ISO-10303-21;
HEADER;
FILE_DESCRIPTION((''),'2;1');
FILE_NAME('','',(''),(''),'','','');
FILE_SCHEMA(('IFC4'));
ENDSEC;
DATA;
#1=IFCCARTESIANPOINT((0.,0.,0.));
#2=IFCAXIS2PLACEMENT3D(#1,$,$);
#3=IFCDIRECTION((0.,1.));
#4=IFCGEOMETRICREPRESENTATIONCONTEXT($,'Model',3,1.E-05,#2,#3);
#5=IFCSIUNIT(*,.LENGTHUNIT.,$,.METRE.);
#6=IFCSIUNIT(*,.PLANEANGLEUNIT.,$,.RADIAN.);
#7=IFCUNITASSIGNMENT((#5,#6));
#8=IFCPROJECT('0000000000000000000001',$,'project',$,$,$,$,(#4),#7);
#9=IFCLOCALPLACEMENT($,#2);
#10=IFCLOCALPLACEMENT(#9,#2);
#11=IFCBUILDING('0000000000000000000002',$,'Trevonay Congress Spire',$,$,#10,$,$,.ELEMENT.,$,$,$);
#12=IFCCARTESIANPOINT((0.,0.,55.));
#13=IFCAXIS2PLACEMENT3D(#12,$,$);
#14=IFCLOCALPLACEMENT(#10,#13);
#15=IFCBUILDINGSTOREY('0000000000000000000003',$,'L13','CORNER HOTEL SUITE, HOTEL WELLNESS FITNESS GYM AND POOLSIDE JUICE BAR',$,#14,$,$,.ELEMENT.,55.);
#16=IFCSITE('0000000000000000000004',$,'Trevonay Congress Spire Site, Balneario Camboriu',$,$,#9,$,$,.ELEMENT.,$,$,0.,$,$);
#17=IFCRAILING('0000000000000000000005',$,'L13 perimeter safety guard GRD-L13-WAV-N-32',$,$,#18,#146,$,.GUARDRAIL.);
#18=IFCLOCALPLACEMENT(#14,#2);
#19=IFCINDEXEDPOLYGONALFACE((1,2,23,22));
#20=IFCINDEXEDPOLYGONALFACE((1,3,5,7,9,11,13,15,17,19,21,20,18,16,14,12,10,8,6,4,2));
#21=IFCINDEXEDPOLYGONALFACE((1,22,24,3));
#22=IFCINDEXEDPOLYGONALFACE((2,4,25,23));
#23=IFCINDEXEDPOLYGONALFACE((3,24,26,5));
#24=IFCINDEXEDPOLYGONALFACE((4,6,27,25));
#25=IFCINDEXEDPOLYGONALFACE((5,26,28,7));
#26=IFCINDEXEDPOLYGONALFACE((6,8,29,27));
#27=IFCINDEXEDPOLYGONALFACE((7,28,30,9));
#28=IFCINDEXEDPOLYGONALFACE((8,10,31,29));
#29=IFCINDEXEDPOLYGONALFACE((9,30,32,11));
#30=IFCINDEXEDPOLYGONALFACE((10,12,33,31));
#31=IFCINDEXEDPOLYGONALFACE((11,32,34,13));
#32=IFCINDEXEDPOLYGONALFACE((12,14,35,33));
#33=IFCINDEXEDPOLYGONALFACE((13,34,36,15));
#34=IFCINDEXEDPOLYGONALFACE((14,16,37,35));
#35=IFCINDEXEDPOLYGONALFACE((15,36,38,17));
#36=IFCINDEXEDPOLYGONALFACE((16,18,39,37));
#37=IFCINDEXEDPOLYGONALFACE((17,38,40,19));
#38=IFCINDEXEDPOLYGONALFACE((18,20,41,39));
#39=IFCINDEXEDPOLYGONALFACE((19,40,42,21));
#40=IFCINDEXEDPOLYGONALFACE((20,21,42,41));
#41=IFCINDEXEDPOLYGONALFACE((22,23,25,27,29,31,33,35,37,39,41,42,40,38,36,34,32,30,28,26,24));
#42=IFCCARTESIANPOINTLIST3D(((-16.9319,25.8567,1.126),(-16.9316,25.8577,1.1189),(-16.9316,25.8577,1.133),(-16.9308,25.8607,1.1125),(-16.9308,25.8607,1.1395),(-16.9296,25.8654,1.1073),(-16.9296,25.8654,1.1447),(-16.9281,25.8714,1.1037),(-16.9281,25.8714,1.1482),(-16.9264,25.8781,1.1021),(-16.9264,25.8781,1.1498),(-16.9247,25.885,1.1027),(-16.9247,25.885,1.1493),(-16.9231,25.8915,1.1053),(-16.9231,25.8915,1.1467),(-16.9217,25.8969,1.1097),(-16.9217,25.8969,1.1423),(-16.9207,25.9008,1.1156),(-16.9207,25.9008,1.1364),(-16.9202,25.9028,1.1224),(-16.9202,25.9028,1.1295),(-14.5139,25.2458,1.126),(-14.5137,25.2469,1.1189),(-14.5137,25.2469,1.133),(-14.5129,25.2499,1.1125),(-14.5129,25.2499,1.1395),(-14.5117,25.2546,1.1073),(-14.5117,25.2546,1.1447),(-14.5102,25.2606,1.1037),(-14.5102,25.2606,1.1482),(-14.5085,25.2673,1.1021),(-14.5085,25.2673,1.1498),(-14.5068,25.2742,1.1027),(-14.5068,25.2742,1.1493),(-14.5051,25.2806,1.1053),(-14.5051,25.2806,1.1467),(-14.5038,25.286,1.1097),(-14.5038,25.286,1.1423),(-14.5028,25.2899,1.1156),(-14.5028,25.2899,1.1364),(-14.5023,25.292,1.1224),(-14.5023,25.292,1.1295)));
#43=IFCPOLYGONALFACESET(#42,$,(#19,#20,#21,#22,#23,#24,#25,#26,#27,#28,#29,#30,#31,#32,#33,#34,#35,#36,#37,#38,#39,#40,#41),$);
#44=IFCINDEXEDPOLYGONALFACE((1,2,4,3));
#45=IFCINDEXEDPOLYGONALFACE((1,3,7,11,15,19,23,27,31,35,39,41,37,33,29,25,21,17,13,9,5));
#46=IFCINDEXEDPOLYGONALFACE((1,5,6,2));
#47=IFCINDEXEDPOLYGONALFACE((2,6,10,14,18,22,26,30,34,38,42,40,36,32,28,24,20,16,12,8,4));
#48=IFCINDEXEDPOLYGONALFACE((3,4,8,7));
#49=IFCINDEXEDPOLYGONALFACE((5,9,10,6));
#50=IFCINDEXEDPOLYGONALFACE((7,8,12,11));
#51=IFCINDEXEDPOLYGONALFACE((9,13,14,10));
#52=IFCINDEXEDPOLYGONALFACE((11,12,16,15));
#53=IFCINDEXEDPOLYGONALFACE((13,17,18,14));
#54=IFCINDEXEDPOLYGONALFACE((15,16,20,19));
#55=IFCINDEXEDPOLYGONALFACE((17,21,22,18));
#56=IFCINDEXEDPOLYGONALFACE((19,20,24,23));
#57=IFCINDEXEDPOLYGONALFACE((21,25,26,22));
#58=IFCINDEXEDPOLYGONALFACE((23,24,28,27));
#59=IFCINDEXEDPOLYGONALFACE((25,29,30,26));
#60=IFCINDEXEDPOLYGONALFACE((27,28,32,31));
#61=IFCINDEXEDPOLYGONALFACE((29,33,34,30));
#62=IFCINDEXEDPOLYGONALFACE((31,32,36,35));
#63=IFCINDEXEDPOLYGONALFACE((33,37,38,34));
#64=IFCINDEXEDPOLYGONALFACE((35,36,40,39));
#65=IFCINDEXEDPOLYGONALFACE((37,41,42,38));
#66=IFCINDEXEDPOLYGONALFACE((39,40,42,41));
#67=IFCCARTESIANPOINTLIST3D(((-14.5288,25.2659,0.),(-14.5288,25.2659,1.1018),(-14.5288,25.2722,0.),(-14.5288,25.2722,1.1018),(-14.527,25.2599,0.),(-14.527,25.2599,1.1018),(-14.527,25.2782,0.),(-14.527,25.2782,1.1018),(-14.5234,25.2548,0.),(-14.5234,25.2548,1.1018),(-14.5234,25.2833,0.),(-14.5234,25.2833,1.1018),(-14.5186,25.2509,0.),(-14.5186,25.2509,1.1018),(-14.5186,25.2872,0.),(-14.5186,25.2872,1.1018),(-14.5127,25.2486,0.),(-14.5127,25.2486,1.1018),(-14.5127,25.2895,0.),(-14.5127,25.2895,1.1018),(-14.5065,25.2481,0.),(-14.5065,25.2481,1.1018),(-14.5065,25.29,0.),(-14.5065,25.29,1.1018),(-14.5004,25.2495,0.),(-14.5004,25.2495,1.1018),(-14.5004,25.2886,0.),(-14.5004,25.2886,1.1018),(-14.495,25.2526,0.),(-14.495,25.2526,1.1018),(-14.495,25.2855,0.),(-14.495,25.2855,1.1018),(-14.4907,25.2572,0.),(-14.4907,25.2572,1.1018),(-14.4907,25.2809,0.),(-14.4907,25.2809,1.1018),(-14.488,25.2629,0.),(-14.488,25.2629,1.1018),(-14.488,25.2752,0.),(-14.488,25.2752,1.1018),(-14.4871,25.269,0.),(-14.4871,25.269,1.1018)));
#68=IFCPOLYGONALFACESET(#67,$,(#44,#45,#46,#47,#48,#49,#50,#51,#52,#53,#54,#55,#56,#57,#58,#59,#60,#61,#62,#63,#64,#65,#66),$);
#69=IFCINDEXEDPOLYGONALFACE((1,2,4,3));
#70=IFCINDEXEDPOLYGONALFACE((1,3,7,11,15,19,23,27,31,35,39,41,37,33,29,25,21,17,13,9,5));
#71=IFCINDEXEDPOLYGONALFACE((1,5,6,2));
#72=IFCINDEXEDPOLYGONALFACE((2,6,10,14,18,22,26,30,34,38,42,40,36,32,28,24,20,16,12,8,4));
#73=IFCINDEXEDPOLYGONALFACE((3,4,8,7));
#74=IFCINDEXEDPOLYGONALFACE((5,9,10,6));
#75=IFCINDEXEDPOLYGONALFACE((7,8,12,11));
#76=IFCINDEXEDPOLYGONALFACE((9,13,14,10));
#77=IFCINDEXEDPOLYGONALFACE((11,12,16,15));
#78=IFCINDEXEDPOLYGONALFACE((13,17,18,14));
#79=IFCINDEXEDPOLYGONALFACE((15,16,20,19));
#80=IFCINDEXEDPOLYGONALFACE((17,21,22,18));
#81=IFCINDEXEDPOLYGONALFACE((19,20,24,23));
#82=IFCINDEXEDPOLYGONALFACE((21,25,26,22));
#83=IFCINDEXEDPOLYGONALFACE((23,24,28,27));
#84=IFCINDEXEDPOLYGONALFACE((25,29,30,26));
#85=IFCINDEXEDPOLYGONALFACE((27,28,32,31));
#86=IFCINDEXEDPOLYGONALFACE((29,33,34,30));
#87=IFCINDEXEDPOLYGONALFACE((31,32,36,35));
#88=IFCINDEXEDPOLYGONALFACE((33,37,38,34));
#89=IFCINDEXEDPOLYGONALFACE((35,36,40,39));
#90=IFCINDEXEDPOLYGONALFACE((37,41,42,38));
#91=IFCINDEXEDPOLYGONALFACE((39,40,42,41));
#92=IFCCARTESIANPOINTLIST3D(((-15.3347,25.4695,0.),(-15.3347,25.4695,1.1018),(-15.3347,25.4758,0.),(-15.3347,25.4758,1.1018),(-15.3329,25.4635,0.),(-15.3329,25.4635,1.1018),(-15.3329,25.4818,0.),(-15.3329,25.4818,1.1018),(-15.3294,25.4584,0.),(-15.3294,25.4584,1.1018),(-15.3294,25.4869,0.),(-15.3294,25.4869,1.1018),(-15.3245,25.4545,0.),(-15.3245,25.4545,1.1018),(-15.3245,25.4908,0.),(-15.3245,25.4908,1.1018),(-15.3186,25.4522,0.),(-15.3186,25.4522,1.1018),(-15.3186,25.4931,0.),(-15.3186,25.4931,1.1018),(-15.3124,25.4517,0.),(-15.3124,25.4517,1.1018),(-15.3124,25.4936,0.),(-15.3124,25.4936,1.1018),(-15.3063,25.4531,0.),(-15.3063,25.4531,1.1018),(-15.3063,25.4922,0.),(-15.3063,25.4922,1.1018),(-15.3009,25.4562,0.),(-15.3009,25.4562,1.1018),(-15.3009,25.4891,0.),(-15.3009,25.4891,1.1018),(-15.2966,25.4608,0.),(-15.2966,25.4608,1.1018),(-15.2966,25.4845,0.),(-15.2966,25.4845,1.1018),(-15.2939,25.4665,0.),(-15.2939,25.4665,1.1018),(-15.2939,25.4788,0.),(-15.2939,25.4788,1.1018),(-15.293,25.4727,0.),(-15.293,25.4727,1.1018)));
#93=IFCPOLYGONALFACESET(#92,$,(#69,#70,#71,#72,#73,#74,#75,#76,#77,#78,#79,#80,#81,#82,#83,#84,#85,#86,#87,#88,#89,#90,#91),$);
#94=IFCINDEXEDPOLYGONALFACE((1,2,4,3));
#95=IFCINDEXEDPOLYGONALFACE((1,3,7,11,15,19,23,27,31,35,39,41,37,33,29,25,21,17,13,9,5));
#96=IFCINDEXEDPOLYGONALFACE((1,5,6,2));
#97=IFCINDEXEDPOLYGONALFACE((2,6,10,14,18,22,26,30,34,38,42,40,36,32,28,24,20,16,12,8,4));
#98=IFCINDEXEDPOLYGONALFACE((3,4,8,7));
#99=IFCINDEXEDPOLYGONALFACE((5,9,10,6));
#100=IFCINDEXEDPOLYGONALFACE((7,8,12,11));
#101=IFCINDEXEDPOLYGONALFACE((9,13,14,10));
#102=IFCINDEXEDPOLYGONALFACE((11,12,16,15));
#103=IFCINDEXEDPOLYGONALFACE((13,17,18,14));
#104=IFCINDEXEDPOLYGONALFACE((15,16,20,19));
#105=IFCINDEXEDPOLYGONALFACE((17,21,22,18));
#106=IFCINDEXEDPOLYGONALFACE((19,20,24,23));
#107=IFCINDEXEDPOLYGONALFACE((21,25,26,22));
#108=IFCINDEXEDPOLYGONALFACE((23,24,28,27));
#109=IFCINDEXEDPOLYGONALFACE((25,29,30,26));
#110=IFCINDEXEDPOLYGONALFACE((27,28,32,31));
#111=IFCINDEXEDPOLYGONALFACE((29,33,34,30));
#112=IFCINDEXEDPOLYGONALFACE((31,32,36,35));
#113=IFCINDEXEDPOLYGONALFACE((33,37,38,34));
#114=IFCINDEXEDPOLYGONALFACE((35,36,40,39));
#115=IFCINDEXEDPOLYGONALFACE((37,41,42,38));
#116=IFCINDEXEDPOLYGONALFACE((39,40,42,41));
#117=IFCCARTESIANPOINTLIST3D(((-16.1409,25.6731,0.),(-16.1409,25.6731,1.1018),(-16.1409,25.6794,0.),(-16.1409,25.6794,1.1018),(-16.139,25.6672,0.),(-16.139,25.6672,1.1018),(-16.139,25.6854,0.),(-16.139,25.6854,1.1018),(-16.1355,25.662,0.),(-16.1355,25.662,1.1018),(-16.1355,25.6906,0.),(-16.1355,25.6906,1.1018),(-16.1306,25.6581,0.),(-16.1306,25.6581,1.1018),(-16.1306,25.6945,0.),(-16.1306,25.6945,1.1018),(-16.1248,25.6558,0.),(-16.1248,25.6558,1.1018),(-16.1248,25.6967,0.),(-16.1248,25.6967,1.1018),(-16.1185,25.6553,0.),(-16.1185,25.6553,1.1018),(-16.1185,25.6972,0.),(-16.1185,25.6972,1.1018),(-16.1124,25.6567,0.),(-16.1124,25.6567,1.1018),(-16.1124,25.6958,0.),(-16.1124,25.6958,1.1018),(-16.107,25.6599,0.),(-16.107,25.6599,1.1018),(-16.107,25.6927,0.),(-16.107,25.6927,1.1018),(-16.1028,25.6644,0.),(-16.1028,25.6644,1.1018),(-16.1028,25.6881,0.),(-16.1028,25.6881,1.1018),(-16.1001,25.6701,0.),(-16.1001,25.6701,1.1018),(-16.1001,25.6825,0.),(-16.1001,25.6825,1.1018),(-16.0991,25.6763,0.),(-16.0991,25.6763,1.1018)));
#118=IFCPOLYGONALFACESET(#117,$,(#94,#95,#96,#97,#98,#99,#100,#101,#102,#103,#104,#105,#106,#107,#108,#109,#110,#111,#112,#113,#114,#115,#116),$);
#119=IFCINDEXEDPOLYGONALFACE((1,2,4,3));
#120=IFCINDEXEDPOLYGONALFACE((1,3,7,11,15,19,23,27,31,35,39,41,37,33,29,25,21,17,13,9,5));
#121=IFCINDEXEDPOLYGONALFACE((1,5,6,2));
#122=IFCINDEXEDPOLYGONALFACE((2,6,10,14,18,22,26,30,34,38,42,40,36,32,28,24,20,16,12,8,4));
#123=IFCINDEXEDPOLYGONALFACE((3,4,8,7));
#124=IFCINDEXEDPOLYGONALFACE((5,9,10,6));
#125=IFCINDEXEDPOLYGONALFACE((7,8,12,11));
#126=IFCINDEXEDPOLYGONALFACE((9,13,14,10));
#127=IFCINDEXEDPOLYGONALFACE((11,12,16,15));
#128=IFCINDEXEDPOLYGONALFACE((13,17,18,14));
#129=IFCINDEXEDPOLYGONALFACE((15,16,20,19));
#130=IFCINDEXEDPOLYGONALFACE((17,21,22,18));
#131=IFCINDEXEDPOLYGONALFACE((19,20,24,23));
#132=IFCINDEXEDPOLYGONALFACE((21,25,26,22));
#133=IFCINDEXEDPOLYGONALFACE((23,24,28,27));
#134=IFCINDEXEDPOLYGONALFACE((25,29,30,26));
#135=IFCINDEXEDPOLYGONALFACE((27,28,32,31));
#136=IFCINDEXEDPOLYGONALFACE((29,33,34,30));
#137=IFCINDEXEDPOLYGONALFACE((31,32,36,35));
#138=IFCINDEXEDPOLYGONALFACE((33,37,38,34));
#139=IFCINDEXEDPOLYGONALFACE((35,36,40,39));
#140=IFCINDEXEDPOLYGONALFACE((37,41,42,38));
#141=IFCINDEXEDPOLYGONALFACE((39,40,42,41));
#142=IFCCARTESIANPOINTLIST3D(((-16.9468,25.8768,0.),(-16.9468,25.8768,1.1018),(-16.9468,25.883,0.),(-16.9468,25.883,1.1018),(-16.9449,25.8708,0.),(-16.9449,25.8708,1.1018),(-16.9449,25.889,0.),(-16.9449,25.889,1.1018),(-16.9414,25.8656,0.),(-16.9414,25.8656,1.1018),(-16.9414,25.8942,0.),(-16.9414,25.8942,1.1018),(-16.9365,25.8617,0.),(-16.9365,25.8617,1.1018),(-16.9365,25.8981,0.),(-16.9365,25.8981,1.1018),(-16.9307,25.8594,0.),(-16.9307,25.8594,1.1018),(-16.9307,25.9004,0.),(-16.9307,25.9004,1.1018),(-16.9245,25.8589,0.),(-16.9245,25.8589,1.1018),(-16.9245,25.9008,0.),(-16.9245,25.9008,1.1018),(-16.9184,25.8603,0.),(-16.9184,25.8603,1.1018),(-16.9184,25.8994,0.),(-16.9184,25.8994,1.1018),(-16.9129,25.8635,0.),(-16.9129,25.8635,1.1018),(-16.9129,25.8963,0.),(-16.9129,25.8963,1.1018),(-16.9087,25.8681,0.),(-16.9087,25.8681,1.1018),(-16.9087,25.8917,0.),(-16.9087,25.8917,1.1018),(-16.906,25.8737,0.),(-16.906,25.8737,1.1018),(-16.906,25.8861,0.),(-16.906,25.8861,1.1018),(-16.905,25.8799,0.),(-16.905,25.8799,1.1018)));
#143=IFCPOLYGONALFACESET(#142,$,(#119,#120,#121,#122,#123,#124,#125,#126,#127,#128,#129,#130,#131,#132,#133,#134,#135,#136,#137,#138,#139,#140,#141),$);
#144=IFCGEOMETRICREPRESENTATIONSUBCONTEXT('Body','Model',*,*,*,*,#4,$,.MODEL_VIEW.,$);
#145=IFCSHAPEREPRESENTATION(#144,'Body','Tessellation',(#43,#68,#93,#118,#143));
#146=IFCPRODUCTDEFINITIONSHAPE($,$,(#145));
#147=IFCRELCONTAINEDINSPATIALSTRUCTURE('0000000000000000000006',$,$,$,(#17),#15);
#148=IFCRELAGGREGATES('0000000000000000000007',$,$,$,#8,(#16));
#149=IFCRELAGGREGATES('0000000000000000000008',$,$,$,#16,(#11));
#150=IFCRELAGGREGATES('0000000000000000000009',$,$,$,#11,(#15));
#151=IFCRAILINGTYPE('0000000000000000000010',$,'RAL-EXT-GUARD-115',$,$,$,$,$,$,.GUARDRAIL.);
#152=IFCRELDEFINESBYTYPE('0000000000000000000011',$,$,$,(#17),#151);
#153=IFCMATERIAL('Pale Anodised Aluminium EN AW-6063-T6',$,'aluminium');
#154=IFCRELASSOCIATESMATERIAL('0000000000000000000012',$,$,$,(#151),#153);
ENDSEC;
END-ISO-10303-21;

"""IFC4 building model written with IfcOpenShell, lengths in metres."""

from ifc_helpers import new_model, si_unit, direction, frame, origin, origin_2d, place, context, subcontext, project, spatial, circle, extrude, material, type_object, element, save


model = new_model("IFC4")

# Units and contexts
model_context = context("Model", 3, precision=1e-05, world=origin(), true_north=direction((0.0, 1.0)))
body_context = subcontext(model_context, "Body", "Model", "MODEL_VIEW")
ifc_project = project(units=[si_unit("LENGTHUNIT", "METRE"), si_unit("PLANEANGLEUNIT", "RADIAN")], contexts=[model_context])

# Site, building, storey
site_placement = place(None, origin())
site = spatial("IfcSite", under=ifc_project, at=site_placement, Name="Trevonay Congress Spire Site, Balneario Camboriu", CompositionType="ELEMENT", RefElevation=0.0)
building_placement = place(site_placement, origin())
building = spatial("IfcBuilding", under=site, at=building_placement, Name="Trevonay Congress Spire", CompositionType="ELEMENT")
storey_placement = place(building_placement, frame((0.0, 0.0, 55.0)))
storey = spatial("IfcBuildingStorey", under=building, at=storey_placement, Name="L13", Description="CORNER HOTEL SUITE, HOTEL WELLNESS FITNESS GYM AND POOLSIDE JUICE BAR", CompositionType="ELEMENT", Elevation=55.0)

# Shared definitions
ifc_material_1 = material(Name="Pale Anodised Aluminium EN AW-6063-T6", Category="aluminium")

# Railing
railing_type = type_object("IfcRailingType", Name="RAL-EXT-GUARD-115", PredefinedType="GUARDRAIL", material=ifc_material_1)
railing_1_placement = place(storey_placement, frame((-14.5081, 25.269, 0.0)))
element("IfcRailing", 1, at=railing_1_placement, inside=storey, type_object=railing_type, Name="L13 perimeter safety guard GRD-L13-WAV-N-32", PredefinedType="GUARDRAIL", context=body_context, shape_type="SweptSolid", body=[
    extrude(circle(Radius=0.0239, at=origin_2d()), frame((0.0, 0.0, 1.126), z_axis=(-0.969541, 0.24493, 0.0), x_axis=(-0.24493, -0.969541, 0.0)), (0.0, 0.0, 1.0), 2.4939),
    extrude(circle(Radius=0.021, at=origin_2d()), origin(), (0.0, 0.0, 1.0), 1.1018),
    extrude(circle(Radius=0.021, at=origin_2d()), frame((-0.8059, 0.2036, 0.0)), (0.0, 0.0, 1.0), 1.1018),
    extrude(circle(Radius=0.021, at=origin_2d()), frame((-1.6121, 0.4072, 0.0)), (0.0, 0.0, 1.0), 1.1018),
    extrude(circle(Radius=0.021, at=origin_2d()), frame((-2.418, 0.6108, 0.0)), (0.0, 0.0, 1.0), 1.1018),
])

save(model, "model.ifc")
